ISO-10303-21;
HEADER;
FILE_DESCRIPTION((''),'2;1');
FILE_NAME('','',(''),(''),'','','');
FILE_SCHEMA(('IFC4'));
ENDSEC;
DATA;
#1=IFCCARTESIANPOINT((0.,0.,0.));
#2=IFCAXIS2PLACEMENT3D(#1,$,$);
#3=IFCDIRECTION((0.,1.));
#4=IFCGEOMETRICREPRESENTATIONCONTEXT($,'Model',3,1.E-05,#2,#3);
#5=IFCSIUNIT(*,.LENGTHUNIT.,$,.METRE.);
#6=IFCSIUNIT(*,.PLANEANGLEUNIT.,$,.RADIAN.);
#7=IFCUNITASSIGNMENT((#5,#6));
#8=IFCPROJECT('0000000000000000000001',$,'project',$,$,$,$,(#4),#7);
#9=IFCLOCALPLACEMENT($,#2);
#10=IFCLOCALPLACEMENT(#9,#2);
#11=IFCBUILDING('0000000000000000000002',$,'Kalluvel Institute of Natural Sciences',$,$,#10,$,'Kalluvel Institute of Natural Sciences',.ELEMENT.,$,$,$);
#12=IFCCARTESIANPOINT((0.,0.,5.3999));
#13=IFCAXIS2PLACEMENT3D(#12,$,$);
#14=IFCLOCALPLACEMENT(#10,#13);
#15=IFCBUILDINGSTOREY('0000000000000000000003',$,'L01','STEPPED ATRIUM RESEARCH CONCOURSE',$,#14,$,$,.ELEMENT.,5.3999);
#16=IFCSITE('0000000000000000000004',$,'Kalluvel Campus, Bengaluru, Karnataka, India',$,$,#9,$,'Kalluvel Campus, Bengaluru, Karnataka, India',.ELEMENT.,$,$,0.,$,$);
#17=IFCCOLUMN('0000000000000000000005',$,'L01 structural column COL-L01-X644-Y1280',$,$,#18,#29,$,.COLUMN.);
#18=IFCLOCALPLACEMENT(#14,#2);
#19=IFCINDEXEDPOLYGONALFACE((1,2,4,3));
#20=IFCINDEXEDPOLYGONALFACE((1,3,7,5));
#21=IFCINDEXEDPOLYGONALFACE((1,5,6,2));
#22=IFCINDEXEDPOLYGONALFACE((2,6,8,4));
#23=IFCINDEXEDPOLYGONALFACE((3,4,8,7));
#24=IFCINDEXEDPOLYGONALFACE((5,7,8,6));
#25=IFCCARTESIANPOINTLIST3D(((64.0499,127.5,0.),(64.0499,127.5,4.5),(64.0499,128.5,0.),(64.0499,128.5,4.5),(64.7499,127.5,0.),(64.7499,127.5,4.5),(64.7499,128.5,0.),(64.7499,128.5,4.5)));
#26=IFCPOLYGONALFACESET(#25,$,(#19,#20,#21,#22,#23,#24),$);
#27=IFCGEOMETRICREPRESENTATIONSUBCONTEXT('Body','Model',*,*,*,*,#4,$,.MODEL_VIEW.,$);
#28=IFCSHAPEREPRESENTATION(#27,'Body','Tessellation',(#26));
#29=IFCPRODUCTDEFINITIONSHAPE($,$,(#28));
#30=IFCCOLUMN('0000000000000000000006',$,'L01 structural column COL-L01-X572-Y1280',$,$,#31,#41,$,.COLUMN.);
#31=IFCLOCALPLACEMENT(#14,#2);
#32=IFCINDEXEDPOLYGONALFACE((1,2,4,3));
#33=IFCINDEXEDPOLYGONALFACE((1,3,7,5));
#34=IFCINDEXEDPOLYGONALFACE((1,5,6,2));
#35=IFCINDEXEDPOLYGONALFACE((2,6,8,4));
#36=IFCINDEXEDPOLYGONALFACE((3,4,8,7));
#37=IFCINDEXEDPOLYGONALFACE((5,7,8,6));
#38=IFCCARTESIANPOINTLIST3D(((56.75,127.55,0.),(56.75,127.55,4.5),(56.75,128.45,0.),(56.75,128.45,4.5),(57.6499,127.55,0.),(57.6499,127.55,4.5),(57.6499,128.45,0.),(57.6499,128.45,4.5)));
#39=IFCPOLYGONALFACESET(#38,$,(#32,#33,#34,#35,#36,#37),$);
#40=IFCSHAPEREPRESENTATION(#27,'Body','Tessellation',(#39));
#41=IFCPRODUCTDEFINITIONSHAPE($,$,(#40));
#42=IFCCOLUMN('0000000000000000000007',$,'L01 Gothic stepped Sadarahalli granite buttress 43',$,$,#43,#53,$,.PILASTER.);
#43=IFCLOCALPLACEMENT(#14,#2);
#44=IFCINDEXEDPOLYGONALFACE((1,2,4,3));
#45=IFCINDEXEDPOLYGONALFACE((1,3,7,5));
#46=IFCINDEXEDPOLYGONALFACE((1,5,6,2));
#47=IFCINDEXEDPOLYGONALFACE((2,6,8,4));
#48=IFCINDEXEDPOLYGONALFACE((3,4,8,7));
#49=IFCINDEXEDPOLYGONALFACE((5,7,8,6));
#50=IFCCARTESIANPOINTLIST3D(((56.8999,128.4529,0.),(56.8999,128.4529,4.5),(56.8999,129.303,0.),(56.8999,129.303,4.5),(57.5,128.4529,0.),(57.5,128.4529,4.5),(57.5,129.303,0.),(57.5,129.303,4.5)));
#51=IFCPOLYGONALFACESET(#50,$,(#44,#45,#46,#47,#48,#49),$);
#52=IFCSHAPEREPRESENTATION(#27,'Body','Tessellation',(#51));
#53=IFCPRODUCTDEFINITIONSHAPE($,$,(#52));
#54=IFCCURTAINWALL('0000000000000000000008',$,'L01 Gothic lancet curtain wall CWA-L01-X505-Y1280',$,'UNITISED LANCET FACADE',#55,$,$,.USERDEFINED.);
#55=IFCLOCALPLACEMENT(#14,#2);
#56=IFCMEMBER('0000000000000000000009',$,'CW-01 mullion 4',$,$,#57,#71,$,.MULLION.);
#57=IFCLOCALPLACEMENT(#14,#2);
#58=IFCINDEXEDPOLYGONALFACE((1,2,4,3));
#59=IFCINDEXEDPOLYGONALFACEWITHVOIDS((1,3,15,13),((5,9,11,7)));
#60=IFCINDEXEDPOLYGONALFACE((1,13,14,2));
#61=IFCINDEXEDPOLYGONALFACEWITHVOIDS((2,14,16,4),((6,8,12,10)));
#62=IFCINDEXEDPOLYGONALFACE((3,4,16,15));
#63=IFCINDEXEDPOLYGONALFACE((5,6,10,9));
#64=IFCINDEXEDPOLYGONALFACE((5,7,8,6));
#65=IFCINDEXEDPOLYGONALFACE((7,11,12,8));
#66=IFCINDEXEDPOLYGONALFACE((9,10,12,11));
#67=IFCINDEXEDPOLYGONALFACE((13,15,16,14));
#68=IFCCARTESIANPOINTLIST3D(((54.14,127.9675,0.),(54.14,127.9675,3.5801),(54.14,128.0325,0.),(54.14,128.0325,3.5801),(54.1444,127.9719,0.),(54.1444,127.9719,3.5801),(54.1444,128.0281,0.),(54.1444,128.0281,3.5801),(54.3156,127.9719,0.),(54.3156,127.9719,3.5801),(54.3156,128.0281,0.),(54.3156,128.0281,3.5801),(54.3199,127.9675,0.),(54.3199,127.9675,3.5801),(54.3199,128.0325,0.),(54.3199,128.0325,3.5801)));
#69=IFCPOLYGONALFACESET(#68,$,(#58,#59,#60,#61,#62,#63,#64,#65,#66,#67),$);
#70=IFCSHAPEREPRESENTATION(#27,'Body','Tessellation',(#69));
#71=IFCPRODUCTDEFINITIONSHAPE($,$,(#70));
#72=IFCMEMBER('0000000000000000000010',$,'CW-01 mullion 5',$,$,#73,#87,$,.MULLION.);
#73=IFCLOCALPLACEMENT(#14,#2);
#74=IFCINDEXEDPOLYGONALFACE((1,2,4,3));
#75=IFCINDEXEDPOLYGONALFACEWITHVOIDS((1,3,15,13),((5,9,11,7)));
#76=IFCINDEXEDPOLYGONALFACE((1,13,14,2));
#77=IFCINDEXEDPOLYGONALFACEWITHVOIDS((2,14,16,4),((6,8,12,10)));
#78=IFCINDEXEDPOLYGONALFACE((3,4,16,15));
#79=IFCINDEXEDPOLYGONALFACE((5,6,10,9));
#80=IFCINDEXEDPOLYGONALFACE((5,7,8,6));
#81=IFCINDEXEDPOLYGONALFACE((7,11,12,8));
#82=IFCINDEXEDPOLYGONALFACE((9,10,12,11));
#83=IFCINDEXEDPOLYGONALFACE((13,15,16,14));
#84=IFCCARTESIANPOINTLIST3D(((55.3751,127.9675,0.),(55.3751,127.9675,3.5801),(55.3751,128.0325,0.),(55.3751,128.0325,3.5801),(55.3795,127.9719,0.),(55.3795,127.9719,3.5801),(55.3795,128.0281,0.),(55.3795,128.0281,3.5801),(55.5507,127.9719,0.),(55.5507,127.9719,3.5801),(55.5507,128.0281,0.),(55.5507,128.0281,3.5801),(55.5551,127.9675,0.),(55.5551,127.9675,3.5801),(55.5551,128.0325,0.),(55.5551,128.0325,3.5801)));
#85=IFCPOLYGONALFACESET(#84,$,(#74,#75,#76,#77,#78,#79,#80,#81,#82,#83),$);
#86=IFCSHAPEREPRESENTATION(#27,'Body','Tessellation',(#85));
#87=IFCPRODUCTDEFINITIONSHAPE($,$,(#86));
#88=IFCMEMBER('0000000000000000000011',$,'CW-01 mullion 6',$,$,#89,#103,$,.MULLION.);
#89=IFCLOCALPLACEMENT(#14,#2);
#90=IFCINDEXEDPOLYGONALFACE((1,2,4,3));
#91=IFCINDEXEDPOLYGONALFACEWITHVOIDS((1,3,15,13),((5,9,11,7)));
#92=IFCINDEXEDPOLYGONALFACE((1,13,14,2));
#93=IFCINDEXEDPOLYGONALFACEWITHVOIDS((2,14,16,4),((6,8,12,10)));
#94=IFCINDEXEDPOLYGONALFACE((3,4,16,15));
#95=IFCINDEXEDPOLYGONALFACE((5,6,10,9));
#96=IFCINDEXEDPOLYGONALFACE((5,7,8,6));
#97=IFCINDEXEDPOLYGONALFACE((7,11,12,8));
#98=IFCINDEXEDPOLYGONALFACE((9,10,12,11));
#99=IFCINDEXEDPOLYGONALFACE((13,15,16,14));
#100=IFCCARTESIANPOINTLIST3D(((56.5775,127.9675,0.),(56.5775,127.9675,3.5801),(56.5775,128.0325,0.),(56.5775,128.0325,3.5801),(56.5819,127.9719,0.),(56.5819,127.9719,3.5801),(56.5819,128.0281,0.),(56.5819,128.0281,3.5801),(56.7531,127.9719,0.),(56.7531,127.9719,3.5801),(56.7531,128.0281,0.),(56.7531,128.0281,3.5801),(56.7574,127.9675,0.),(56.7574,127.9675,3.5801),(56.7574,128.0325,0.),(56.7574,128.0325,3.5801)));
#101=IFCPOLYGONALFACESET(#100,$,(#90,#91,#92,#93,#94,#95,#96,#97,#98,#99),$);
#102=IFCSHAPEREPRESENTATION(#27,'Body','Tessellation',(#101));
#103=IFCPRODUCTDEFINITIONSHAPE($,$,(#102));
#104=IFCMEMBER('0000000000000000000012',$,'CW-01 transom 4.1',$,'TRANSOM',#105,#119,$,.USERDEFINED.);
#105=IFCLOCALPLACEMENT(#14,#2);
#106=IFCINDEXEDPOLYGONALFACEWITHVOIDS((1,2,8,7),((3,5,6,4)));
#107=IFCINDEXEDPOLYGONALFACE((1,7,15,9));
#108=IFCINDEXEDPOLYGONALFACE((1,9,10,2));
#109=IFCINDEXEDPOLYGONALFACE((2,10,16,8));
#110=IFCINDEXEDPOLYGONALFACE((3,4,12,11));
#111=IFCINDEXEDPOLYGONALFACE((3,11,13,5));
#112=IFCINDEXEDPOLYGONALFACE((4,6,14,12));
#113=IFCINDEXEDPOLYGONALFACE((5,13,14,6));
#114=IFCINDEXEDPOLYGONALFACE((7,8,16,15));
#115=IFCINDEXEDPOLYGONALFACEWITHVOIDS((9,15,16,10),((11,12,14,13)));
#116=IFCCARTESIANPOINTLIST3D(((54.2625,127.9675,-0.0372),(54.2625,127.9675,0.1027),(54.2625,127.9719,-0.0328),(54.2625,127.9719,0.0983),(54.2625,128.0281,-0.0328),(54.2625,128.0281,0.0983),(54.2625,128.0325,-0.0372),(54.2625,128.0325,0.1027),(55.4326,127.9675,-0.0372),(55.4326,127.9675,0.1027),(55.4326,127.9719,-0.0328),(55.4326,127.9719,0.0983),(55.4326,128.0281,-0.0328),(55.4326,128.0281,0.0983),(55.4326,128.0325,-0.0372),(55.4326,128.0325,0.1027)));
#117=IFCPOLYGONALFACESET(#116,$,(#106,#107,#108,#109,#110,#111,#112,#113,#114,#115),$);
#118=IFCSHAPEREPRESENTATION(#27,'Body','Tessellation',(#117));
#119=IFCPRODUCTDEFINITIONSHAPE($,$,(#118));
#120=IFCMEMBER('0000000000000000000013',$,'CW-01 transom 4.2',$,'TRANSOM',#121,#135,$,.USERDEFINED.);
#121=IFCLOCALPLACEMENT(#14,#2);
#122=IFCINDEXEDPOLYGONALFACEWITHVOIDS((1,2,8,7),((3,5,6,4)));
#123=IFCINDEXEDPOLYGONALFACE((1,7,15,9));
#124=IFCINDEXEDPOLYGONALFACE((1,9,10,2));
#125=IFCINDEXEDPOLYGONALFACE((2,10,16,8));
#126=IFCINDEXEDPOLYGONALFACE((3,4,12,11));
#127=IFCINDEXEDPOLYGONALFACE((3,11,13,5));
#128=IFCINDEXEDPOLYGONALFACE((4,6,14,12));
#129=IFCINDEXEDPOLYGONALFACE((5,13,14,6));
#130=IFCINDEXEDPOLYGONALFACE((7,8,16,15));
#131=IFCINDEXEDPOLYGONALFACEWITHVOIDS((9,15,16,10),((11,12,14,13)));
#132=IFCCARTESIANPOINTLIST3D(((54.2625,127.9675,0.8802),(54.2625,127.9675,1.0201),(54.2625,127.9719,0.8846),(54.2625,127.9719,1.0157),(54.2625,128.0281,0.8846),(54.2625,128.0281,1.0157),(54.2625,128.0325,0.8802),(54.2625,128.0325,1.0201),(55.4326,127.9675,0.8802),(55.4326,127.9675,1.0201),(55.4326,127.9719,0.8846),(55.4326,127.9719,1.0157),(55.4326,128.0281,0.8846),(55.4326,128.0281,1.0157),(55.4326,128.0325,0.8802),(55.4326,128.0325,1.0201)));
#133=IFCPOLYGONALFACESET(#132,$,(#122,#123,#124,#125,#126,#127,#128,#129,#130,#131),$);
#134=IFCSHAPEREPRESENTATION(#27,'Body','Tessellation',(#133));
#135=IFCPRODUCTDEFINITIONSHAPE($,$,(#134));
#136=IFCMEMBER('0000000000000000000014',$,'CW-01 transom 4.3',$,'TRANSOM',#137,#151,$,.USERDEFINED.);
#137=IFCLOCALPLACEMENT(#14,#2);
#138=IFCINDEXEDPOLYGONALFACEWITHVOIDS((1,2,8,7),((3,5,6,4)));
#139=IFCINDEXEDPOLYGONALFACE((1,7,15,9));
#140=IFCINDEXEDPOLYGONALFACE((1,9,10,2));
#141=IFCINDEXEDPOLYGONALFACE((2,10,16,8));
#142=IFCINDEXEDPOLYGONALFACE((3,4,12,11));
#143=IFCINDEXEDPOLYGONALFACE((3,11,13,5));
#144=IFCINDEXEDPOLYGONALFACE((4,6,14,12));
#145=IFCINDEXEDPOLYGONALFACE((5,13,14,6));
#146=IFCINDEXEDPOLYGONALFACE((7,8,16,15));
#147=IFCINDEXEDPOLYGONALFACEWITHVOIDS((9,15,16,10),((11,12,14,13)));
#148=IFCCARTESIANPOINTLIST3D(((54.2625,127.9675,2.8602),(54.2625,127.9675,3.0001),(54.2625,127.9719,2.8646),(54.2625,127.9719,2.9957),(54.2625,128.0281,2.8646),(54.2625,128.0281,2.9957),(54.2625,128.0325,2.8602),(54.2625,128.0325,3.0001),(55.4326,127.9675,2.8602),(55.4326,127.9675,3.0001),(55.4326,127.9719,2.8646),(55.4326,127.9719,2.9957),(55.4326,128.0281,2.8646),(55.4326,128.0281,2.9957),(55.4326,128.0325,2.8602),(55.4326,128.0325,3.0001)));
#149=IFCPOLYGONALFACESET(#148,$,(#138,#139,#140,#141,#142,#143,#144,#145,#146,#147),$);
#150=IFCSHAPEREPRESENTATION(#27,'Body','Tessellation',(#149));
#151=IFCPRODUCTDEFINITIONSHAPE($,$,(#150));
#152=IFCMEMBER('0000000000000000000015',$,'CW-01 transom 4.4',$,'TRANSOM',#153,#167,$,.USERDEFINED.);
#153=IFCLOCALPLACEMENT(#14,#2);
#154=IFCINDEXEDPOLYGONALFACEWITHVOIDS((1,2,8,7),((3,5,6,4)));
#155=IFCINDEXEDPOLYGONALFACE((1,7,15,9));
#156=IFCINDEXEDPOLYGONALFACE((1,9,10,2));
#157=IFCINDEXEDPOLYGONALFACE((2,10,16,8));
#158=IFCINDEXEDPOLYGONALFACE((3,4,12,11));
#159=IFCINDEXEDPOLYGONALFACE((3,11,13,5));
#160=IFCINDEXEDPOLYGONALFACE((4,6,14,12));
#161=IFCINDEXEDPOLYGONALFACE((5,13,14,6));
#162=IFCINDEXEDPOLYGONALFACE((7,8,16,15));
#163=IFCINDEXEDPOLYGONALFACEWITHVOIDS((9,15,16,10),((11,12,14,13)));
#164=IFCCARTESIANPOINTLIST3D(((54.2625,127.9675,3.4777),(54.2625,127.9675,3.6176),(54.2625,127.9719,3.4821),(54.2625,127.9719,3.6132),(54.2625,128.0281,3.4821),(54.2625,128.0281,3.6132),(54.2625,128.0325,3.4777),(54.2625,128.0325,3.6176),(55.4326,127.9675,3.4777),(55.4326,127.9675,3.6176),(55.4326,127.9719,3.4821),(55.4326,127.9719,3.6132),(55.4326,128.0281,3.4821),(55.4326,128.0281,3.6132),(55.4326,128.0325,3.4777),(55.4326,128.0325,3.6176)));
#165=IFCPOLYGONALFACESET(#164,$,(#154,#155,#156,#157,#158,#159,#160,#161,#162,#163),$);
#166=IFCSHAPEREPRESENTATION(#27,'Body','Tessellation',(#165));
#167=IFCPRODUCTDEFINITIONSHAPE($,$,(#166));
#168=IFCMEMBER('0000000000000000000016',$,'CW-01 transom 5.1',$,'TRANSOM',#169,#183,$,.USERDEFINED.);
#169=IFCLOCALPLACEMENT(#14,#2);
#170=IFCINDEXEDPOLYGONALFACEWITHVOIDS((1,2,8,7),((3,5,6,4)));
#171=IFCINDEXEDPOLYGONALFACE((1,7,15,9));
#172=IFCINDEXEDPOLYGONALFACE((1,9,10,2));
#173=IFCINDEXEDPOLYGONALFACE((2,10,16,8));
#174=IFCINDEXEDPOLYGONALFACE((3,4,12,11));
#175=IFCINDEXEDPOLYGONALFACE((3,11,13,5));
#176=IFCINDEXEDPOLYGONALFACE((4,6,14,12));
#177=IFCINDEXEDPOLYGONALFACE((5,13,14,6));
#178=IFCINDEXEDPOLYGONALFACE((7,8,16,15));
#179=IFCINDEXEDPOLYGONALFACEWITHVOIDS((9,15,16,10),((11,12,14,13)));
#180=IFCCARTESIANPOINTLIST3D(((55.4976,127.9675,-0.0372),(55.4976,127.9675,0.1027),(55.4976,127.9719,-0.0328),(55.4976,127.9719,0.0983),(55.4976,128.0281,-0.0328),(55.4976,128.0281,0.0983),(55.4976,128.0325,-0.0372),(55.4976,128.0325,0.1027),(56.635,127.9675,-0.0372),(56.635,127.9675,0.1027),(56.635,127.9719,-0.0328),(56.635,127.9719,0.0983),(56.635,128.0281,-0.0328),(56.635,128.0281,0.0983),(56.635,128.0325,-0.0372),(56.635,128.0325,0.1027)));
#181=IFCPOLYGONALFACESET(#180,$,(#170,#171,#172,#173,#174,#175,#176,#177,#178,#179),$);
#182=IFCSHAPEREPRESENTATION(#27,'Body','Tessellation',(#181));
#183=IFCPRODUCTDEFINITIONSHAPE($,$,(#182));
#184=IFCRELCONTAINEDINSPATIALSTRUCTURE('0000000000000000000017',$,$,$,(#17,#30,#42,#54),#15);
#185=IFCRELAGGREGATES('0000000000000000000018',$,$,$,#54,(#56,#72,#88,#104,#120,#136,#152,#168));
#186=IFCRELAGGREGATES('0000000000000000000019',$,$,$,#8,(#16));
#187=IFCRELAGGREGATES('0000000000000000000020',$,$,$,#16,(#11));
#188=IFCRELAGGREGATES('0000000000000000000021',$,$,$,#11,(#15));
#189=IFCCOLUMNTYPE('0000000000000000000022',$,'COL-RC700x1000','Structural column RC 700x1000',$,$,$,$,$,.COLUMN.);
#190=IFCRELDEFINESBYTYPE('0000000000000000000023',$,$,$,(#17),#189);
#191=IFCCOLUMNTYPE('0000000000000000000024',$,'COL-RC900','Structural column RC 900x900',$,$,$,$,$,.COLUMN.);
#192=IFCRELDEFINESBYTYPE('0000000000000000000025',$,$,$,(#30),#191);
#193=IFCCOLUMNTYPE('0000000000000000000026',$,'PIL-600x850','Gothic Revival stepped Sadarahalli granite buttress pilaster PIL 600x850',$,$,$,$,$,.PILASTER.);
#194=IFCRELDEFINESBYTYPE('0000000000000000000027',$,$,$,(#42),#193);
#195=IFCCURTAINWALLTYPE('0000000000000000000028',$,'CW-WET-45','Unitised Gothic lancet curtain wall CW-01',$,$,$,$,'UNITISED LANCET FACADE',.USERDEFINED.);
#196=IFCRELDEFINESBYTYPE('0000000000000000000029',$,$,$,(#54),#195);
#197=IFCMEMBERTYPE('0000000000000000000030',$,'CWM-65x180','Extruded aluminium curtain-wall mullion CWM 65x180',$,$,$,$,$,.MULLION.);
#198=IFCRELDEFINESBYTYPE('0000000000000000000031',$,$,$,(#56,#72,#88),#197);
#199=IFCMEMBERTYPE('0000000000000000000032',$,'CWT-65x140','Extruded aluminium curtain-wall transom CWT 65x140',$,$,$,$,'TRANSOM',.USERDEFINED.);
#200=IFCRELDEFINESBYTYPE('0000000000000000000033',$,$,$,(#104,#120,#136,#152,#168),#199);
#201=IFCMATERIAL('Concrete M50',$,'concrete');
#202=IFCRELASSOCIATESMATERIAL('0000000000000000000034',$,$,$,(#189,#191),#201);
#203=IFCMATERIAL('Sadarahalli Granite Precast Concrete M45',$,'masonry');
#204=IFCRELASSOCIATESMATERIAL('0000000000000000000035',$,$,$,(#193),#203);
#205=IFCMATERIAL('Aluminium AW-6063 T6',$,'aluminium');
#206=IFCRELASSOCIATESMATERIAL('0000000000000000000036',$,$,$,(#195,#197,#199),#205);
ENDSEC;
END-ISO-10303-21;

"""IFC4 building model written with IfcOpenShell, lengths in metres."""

from ifc_helpers import new_model, si_unit, direction, frame, origin, origin_2d, place, context, subcontext, project, spatial, rectangle, hollow_rectangle, extrude, material, material_profile, profile_set, type_object, element, aggregate, save


model = new_model("IFC4")

# Units and contexts
model_context = context("Model", 3, precision=1e-05, world=origin(), true_north=direction((0.0, 1.0)))
body_context = subcontext(model_context, "Body", "Model", "MODEL_VIEW")
ifc_project = project(units=[si_unit("LENGTHUNIT", "METRE"), si_unit("PLANEANGLEUNIT", "RADIAN")], contexts=[model_context])

# Site, building, storey
site_placement = place(None, origin())
site = spatial("IfcSite", under=ifc_project, at=site_placement, Name="Kalluvel Campus, Bengaluru, Karnataka, India", LongName="Kalluvel Campus, Bengaluru, Karnataka, India", CompositionType="ELEMENT", RefElevation=0.0)
building_placement = place(site_placement, origin())
building = spatial("IfcBuilding", under=site, at=building_placement, Name="Kalluvel Institute of Natural Sciences", LongName="Kalluvel Institute of Natural Sciences", CompositionType="ELEMENT")
storey_placement = place(building_placement, frame((0.0, 0.0, 5.3999)))
storey = spatial("IfcBuildingStorey", under=building, at=storey_placement, Name="L01", Description="STEPPED ATRIUM RESEARCH CONCOURSE", CompositionType="ELEMENT", Elevation=5.3999)

# Columns
ifc_material_1 = material(Name="Concrete M50", Category="concrete")
ifc_material_profile_1 = material_profile(ifc_material_1, rectangle(XDim=0.7, YDim=1.0, at=origin_2d()), Name="RC 700x1000")
ifc_profile_set_1 = profile_set([ifc_material_profile_1], Name="Concrete M50")
column_type_1 = type_object("IfcColumnType", Name="COL-RC700x1000", Description="Structural column RC 700x1000", PredefinedType="COLUMN", material=ifc_profile_set_1)
column_1_placement = place(storey_placement, frame((64.3999, 128.0, 0.0), z_axis=(0.0, 0.0, 1.0), x_axis=(1.0, 0.0, 0.0)))
element("IfcColumn", 1, at=column_1_placement, inside=storey, type_object=column_type_1, Name="L01 structural column COL-L01-X644-Y1280", PredefinedType="COLUMN", context=body_context, shape_type="SweptSolid", body=[
    extrude(rectangle(XDim=0.7, YDim=1.0, at=origin_2d()), origin(), (0.0, 0.0, 1.0), 4.5),
])
ifc_material_profile_2 = material_profile(ifc_material_1, rectangle(XDim=0.8999, YDim=0.8999, at=origin_2d()), Name="RC 900x900")
ifc_profile_set_2 = profile_set([ifc_material_profile_2], Name="Concrete M50")
column_type_2 = type_object("IfcColumnType", Name="COL-RC900", Description="Structural column RC 900x900", PredefinedType="COLUMN", material=ifc_profile_set_2)
column_2_placement = place(storey_placement, frame((57.2, 128.0, 0.0), z_axis=(0.0, 0.0, 1.0), x_axis=(1.0, 0.0, 0.0)))
element("IfcColumn", 2, at=column_2_placement, inside=storey, type_object=column_type_2, Name="L01 structural column COL-L01-X572-Y1280", PredefinedType="COLUMN", context=body_context, shape_type="SweptSolid", body=[
    extrude(rectangle(XDim=0.8999, YDim=0.8999, at=origin_2d()), origin(), (0.0, 0.0, 1.0), 4.5),
])
ifc_material_2 = material(Name="Sadarahalli Granite Precast Concrete M45", Category="masonry")
ifc_material_profile_3 = material_profile(ifc_material_2, rectangle(XDim=0.6001, YDim=0.8501, at=origin_2d()), Name="PIL 600x850")
ifc_profile_set_3 = profile_set([ifc_material_profile_3], Name="Sadarahalli Granite Precast Concrete M45")
column_type_3 = type_object("IfcColumnType", Name="PIL-600x850", Description="Gothic Revival stepped Sadarahalli granite buttress pilaster PIL 600x850", PredefinedType="PILASTER", material=ifc_profile_set_3)
column_3_placement = place(storey_placement, frame((57.2, 128.8779, 0.0), z_axis=(0.0, 0.0, 1.0), x_axis=(1.0, 0.0, 0.0)))
element("IfcColumn", 3, at=column_3_placement, inside=storey, type_object=column_type_3, Name="L01 Gothic stepped Sadarahalli granite buttress 43", PredefinedType="PILASTER", context=body_context, shape_type="SweptSolid", body=[
    extrude(rectangle(XDim=0.6001, YDim=0.8501, at=origin_2d()), origin(), (0.0, 0.0, 1.0), 4.5),
])

# Curtain wall, members
ifc_material_3 = material(Name="Aluminium AW-6063 T6", Category="aluminium")
curtain_wall_type = type_object("IfcCurtainWallType", Name="CW-WET-45", Description="Unitised Gothic lancet curtain wall CW-01", ElementType="UNITISED LANCET FACADE", PredefinedType="USERDEFINED", material=ifc_material_3)
curtain_wall_placement = place(storey_placement, origin())
curtain_wall = element("IfcCurtainWall", 4, at=curtain_wall_placement, inside=storey, type_object=curtain_wall_type, Name="L01 Gothic lancet curtain wall CWA-L01-X505-Y1280", ObjectType="UNITISED LANCET FACADE", PredefinedType="USERDEFINED")
ifc_material_profile_4 = material_profile(ifc_material_3, hollow_rectangle(XDim=0.0649, YDim=0.1799, WallThickness=0.0044, at=origin_2d()), Name="CWM 65x180")
ifc_profile_set_4 = profile_set([ifc_material_profile_4], Name="Aluminium AW-6063 T6")
member_type_1 = type_object("IfcMemberType", Name="CWM-65x180", Description="Extruded aluminium curtain-wall mullion CWM 65x180", PredefinedType="MULLION", material=ifc_profile_set_4)
member_1_placement = place(storey_placement, frame((54.23, 128.0, 0.0), z_axis=(0.0, 0.0, 1.0), x_axis=(0.0, 1.0, 0.0)))
member_1 = element("IfcMember", 5, at=member_1_placement, type_object=member_type_1, Name="CW-01 mullion 4", PredefinedType="MULLION", context=body_context, shape_type="SweptSolid", body=[
    extrude(hollow_rectangle(XDim=0.0649, YDim=0.1799, WallThickness=0.0044, at=origin_2d()), origin(), (0.0, 0.0, 1.0), 3.5801),
])
member_2_placement = place(storey_placement, frame((55.4651, 128.0, 0.0), z_axis=(0.0, 0.0, 1.0), x_axis=(0.0, 1.0, 0.0)))
member_2 = element("IfcMember", 6, at=member_2_placement, type_object=member_type_1, Name="CW-01 mullion 5", PredefinedType="MULLION", context=body_context, shape_type="SweptSolid", body=[
    extrude(hollow_rectangle(XDim=0.0649, YDim=0.1799, WallThickness=0.0044, at=origin_2d()), origin(), (0.0, 0.0, 1.0), 3.5801),
])
member_3_placement = place(storey_placement, frame((56.6675, 128.0, 0.0), z_axis=(0.0, 0.0, 1.0), x_axis=(0.0, 1.0, 0.0)))
member_3 = element("IfcMember", 7, at=member_3_placement, type_object=member_type_1, Name="CW-01 mullion 6", PredefinedType="MULLION", context=body_context, shape_type="SweptSolid", body=[
    extrude(hollow_rectangle(XDim=0.0649, YDim=0.1799, WallThickness=0.0044, at=origin_2d()), origin(), (0.0, 0.0, 1.0), 3.5801),
])
ifc_material_profile_5 = material_profile(ifc_material_3, hollow_rectangle(XDim=0.0649, YDim=0.1399, WallThickness=0.0044, at=origin_2d()), Name="CWT 65x140")
ifc_profile_set_5 = profile_set([ifc_material_profile_5], Name="Aluminium AW-6063 T6")
member_type_2 = type_object("IfcMemberType", Name="CWT-65x140", Description="Extruded aluminium curtain-wall transom CWT 65x140", ElementType="TRANSOM", PredefinedType="USERDEFINED", material=ifc_profile_set_5)
member_4_placement = place(storey_placement, frame((54.2625, 128.0, 0.0327), z_axis=(1.0, 0.0, 0.0), x_axis=(0.0, 1.0, 0.0)))
member_4 = element("IfcMember", 8, at=member_4_placement, type_object=member_type_2, Name="CW-01 transom 4.1", ObjectType="TRANSOM", PredefinedType="USERDEFINED", context=body_context, shape_type="SweptSolid", body=[
    extrude(hollow_rectangle(XDim=0.0649, YDim=0.1399, WallThickness=0.0044, at=origin_2d()), origin(), (0.0, 0.0, 1.0), 1.1702),
])
member_5_placement = place(storey_placement, frame((54.2625, 128.0, 0.9502), z_axis=(1.0, 0.0, 0.0), x_axis=(0.0, 1.0, 0.0)))
member_5 = element("IfcMember", 9, at=member_5_placement, type_object=member_type_2, Name="CW-01 transom 4.2", ObjectType="TRANSOM", PredefinedType="USERDEFINED", context=body_context, shape_type="SweptSolid", body=[
    extrude(hollow_rectangle(XDim=0.0649, YDim=0.1399, WallThickness=0.0044, at=origin_2d()), origin(), (0.0, 0.0, 1.0), 1.1702),
])
member_6_placement = place(storey_placement, frame((54.2625, 128.0, 2.9302), z_axis=(1.0, 0.0, 0.0), x_axis=(0.0, 1.0, 0.0)))
member_6 = element("IfcMember", 10, at=member_6_placement, type_object=member_type_2, Name="CW-01 transom 4.3", ObjectType="TRANSOM", PredefinedType="USERDEFINED", context=body_context, shape_type="SweptSolid", body=[
    extrude(hollow_rectangle(XDim=0.0649, YDim=0.1399, WallThickness=0.0044, at=origin_2d()), origin(), (0.0, 0.0, 1.0), 1.1702),
])
member_7_placement = place(storey_placement, frame((54.2625, 128.0, 3.5476), z_axis=(1.0, 0.0, 0.0), x_axis=(0.0, 1.0, 0.0)))
member_7 = element("IfcMember", 11, at=member_7_placement, type_object=member_type_2, Name="CW-01 transom 4.4", ObjectType="TRANSOM", PredefinedType="USERDEFINED", context=body_context, shape_type="SweptSolid", body=[
    extrude(hollow_rectangle(XDim=0.0649, YDim=0.1399, WallThickness=0.0044, at=origin_2d()), origin(), (0.0, 0.0, 1.0), 1.1702),
])
member_8_placement = place(storey_placement, frame((55.4976, 128.0, 0.0327), z_axis=(1.0, 0.0, 0.0), x_axis=(0.0, 1.0, 0.0)))
member_8 = element("IfcMember", 12, at=member_8_placement, type_object=member_type_2, Name="CW-01 transom 5.1", ObjectType="TRANSOM", PredefinedType="USERDEFINED", context=body_context, shape_type="SweptSolid", body=[
    extrude(hollow_rectangle(XDim=0.0649, YDim=0.1399, WallThickness=0.0044, at=origin_2d()), origin(), (0.0, 0.0, 1.0), 1.1375),
])

aggregate(curtain_wall, [member_1, member_2, member_3, member_4, member_5, member_6, member_7, member_8])

save(model, "model.ifc")
